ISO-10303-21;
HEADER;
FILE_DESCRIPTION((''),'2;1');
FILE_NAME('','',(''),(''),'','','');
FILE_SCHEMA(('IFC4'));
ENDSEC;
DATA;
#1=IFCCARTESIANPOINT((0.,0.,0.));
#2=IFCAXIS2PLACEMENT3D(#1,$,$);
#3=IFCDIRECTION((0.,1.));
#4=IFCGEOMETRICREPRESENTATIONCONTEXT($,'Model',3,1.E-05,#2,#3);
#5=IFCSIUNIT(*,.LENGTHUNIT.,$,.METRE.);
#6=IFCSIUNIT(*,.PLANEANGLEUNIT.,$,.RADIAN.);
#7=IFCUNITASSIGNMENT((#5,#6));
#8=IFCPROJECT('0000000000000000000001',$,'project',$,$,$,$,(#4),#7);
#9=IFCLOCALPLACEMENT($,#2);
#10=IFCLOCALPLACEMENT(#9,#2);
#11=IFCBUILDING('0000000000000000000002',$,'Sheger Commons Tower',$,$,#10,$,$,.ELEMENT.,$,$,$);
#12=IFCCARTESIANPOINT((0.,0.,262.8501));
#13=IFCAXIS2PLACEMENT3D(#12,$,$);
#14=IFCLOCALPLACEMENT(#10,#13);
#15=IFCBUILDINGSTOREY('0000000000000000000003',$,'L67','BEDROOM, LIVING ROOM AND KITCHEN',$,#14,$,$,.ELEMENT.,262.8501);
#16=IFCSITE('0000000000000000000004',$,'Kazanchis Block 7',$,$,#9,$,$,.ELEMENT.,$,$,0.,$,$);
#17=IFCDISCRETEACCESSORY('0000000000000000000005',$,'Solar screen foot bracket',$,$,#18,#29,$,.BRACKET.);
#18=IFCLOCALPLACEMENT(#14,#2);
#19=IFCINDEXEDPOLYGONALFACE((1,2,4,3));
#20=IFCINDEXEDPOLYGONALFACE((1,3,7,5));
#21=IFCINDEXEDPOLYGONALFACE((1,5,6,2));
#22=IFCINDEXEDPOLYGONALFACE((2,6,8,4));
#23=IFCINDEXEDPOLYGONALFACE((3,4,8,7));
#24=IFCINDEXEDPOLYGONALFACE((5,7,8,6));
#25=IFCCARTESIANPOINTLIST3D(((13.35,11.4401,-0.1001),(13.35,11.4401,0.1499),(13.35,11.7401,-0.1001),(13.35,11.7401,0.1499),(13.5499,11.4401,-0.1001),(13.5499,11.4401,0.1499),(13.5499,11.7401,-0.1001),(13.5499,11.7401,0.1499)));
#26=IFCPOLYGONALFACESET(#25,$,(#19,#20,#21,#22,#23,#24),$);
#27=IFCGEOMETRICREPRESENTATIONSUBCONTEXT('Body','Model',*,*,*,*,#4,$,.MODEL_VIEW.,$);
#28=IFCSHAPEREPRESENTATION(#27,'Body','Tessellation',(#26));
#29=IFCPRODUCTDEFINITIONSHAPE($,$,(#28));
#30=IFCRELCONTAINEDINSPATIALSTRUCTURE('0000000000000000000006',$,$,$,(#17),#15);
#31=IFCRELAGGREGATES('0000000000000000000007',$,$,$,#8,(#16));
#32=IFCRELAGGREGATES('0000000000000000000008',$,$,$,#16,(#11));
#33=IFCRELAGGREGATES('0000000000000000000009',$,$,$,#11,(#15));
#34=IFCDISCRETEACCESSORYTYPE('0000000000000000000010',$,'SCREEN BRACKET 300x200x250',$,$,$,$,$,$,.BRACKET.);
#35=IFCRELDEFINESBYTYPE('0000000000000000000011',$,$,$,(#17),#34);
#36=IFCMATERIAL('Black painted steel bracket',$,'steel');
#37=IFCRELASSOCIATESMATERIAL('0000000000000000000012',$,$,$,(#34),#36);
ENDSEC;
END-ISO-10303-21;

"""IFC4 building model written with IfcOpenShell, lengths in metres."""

from ifc_helpers import new_model, si_unit, direction, frame, origin, origin_2d, place, context, subcontext, project, spatial, rectangle, extrude, material, type_object, element, save


model = new_model("IFC4")

# Units and contexts
model_context = context("Model", 3, precision=1e-05, world=origin(), true_north=direction((0.0, 1.0)))
body_context = subcontext(model_context, "Body", "Model", "MODEL_VIEW")
ifc_project = project(units=[si_unit("LENGTHUNIT", "METRE"), si_unit("PLANEANGLEUNIT", "RADIAN")], contexts=[model_context])

# Site, building, storey
site_placement = place(None, origin())
site = spatial("IfcSite", under=ifc_project, at=site_placement, Name="Kazanchis Block 7", CompositionType="ELEMENT", RefElevation=0.0)
building_placement = place(site_placement, origin())
building = spatial("IfcBuilding", under=site, at=building_placement, Name="Sheger Commons Tower", CompositionType="ELEMENT")
storey_placement = place(building_placement, frame((0.0, 0.0, 262.8501)))
storey = spatial("IfcBuildingStorey", under=building, at=storey_placement, Name="L67", Description="BEDROOM, LIVING ROOM AND KITCHEN", CompositionType="ELEMENT", Elevation=262.8501)

# Discrete accessory
ifc_material_1 = material(Name="Black painted steel bracket", Category="steel")
discrete_accessory_type = type_object("IfcDiscreteAccessoryType", Name="SCREEN BRACKET 300x200x250", PredefinedType="BRACKET", material=ifc_material_1)
discrete_accessory_placement = place(storey_placement, frame((13.45, 11.5901, -0.1001), z_axis=(0.0, 0.0, 1.0), x_axis=(0.0, -1.0, 0.0)))
element("IfcDiscreteAccessory", 1, at=discrete_accessory_placement, inside=storey, type_object=discrete_accessory_type, Name="Solar screen foot bracket", PredefinedType="BRACKET", context=body_context, shape_type="SweptSolid", body=[
    extrude(rectangle(XDim=0.3, YDim=0.2, at=origin_2d()), origin(), (0.0, 0.0, 1.0), 0.25),
])

save(model, "model.ifc")
